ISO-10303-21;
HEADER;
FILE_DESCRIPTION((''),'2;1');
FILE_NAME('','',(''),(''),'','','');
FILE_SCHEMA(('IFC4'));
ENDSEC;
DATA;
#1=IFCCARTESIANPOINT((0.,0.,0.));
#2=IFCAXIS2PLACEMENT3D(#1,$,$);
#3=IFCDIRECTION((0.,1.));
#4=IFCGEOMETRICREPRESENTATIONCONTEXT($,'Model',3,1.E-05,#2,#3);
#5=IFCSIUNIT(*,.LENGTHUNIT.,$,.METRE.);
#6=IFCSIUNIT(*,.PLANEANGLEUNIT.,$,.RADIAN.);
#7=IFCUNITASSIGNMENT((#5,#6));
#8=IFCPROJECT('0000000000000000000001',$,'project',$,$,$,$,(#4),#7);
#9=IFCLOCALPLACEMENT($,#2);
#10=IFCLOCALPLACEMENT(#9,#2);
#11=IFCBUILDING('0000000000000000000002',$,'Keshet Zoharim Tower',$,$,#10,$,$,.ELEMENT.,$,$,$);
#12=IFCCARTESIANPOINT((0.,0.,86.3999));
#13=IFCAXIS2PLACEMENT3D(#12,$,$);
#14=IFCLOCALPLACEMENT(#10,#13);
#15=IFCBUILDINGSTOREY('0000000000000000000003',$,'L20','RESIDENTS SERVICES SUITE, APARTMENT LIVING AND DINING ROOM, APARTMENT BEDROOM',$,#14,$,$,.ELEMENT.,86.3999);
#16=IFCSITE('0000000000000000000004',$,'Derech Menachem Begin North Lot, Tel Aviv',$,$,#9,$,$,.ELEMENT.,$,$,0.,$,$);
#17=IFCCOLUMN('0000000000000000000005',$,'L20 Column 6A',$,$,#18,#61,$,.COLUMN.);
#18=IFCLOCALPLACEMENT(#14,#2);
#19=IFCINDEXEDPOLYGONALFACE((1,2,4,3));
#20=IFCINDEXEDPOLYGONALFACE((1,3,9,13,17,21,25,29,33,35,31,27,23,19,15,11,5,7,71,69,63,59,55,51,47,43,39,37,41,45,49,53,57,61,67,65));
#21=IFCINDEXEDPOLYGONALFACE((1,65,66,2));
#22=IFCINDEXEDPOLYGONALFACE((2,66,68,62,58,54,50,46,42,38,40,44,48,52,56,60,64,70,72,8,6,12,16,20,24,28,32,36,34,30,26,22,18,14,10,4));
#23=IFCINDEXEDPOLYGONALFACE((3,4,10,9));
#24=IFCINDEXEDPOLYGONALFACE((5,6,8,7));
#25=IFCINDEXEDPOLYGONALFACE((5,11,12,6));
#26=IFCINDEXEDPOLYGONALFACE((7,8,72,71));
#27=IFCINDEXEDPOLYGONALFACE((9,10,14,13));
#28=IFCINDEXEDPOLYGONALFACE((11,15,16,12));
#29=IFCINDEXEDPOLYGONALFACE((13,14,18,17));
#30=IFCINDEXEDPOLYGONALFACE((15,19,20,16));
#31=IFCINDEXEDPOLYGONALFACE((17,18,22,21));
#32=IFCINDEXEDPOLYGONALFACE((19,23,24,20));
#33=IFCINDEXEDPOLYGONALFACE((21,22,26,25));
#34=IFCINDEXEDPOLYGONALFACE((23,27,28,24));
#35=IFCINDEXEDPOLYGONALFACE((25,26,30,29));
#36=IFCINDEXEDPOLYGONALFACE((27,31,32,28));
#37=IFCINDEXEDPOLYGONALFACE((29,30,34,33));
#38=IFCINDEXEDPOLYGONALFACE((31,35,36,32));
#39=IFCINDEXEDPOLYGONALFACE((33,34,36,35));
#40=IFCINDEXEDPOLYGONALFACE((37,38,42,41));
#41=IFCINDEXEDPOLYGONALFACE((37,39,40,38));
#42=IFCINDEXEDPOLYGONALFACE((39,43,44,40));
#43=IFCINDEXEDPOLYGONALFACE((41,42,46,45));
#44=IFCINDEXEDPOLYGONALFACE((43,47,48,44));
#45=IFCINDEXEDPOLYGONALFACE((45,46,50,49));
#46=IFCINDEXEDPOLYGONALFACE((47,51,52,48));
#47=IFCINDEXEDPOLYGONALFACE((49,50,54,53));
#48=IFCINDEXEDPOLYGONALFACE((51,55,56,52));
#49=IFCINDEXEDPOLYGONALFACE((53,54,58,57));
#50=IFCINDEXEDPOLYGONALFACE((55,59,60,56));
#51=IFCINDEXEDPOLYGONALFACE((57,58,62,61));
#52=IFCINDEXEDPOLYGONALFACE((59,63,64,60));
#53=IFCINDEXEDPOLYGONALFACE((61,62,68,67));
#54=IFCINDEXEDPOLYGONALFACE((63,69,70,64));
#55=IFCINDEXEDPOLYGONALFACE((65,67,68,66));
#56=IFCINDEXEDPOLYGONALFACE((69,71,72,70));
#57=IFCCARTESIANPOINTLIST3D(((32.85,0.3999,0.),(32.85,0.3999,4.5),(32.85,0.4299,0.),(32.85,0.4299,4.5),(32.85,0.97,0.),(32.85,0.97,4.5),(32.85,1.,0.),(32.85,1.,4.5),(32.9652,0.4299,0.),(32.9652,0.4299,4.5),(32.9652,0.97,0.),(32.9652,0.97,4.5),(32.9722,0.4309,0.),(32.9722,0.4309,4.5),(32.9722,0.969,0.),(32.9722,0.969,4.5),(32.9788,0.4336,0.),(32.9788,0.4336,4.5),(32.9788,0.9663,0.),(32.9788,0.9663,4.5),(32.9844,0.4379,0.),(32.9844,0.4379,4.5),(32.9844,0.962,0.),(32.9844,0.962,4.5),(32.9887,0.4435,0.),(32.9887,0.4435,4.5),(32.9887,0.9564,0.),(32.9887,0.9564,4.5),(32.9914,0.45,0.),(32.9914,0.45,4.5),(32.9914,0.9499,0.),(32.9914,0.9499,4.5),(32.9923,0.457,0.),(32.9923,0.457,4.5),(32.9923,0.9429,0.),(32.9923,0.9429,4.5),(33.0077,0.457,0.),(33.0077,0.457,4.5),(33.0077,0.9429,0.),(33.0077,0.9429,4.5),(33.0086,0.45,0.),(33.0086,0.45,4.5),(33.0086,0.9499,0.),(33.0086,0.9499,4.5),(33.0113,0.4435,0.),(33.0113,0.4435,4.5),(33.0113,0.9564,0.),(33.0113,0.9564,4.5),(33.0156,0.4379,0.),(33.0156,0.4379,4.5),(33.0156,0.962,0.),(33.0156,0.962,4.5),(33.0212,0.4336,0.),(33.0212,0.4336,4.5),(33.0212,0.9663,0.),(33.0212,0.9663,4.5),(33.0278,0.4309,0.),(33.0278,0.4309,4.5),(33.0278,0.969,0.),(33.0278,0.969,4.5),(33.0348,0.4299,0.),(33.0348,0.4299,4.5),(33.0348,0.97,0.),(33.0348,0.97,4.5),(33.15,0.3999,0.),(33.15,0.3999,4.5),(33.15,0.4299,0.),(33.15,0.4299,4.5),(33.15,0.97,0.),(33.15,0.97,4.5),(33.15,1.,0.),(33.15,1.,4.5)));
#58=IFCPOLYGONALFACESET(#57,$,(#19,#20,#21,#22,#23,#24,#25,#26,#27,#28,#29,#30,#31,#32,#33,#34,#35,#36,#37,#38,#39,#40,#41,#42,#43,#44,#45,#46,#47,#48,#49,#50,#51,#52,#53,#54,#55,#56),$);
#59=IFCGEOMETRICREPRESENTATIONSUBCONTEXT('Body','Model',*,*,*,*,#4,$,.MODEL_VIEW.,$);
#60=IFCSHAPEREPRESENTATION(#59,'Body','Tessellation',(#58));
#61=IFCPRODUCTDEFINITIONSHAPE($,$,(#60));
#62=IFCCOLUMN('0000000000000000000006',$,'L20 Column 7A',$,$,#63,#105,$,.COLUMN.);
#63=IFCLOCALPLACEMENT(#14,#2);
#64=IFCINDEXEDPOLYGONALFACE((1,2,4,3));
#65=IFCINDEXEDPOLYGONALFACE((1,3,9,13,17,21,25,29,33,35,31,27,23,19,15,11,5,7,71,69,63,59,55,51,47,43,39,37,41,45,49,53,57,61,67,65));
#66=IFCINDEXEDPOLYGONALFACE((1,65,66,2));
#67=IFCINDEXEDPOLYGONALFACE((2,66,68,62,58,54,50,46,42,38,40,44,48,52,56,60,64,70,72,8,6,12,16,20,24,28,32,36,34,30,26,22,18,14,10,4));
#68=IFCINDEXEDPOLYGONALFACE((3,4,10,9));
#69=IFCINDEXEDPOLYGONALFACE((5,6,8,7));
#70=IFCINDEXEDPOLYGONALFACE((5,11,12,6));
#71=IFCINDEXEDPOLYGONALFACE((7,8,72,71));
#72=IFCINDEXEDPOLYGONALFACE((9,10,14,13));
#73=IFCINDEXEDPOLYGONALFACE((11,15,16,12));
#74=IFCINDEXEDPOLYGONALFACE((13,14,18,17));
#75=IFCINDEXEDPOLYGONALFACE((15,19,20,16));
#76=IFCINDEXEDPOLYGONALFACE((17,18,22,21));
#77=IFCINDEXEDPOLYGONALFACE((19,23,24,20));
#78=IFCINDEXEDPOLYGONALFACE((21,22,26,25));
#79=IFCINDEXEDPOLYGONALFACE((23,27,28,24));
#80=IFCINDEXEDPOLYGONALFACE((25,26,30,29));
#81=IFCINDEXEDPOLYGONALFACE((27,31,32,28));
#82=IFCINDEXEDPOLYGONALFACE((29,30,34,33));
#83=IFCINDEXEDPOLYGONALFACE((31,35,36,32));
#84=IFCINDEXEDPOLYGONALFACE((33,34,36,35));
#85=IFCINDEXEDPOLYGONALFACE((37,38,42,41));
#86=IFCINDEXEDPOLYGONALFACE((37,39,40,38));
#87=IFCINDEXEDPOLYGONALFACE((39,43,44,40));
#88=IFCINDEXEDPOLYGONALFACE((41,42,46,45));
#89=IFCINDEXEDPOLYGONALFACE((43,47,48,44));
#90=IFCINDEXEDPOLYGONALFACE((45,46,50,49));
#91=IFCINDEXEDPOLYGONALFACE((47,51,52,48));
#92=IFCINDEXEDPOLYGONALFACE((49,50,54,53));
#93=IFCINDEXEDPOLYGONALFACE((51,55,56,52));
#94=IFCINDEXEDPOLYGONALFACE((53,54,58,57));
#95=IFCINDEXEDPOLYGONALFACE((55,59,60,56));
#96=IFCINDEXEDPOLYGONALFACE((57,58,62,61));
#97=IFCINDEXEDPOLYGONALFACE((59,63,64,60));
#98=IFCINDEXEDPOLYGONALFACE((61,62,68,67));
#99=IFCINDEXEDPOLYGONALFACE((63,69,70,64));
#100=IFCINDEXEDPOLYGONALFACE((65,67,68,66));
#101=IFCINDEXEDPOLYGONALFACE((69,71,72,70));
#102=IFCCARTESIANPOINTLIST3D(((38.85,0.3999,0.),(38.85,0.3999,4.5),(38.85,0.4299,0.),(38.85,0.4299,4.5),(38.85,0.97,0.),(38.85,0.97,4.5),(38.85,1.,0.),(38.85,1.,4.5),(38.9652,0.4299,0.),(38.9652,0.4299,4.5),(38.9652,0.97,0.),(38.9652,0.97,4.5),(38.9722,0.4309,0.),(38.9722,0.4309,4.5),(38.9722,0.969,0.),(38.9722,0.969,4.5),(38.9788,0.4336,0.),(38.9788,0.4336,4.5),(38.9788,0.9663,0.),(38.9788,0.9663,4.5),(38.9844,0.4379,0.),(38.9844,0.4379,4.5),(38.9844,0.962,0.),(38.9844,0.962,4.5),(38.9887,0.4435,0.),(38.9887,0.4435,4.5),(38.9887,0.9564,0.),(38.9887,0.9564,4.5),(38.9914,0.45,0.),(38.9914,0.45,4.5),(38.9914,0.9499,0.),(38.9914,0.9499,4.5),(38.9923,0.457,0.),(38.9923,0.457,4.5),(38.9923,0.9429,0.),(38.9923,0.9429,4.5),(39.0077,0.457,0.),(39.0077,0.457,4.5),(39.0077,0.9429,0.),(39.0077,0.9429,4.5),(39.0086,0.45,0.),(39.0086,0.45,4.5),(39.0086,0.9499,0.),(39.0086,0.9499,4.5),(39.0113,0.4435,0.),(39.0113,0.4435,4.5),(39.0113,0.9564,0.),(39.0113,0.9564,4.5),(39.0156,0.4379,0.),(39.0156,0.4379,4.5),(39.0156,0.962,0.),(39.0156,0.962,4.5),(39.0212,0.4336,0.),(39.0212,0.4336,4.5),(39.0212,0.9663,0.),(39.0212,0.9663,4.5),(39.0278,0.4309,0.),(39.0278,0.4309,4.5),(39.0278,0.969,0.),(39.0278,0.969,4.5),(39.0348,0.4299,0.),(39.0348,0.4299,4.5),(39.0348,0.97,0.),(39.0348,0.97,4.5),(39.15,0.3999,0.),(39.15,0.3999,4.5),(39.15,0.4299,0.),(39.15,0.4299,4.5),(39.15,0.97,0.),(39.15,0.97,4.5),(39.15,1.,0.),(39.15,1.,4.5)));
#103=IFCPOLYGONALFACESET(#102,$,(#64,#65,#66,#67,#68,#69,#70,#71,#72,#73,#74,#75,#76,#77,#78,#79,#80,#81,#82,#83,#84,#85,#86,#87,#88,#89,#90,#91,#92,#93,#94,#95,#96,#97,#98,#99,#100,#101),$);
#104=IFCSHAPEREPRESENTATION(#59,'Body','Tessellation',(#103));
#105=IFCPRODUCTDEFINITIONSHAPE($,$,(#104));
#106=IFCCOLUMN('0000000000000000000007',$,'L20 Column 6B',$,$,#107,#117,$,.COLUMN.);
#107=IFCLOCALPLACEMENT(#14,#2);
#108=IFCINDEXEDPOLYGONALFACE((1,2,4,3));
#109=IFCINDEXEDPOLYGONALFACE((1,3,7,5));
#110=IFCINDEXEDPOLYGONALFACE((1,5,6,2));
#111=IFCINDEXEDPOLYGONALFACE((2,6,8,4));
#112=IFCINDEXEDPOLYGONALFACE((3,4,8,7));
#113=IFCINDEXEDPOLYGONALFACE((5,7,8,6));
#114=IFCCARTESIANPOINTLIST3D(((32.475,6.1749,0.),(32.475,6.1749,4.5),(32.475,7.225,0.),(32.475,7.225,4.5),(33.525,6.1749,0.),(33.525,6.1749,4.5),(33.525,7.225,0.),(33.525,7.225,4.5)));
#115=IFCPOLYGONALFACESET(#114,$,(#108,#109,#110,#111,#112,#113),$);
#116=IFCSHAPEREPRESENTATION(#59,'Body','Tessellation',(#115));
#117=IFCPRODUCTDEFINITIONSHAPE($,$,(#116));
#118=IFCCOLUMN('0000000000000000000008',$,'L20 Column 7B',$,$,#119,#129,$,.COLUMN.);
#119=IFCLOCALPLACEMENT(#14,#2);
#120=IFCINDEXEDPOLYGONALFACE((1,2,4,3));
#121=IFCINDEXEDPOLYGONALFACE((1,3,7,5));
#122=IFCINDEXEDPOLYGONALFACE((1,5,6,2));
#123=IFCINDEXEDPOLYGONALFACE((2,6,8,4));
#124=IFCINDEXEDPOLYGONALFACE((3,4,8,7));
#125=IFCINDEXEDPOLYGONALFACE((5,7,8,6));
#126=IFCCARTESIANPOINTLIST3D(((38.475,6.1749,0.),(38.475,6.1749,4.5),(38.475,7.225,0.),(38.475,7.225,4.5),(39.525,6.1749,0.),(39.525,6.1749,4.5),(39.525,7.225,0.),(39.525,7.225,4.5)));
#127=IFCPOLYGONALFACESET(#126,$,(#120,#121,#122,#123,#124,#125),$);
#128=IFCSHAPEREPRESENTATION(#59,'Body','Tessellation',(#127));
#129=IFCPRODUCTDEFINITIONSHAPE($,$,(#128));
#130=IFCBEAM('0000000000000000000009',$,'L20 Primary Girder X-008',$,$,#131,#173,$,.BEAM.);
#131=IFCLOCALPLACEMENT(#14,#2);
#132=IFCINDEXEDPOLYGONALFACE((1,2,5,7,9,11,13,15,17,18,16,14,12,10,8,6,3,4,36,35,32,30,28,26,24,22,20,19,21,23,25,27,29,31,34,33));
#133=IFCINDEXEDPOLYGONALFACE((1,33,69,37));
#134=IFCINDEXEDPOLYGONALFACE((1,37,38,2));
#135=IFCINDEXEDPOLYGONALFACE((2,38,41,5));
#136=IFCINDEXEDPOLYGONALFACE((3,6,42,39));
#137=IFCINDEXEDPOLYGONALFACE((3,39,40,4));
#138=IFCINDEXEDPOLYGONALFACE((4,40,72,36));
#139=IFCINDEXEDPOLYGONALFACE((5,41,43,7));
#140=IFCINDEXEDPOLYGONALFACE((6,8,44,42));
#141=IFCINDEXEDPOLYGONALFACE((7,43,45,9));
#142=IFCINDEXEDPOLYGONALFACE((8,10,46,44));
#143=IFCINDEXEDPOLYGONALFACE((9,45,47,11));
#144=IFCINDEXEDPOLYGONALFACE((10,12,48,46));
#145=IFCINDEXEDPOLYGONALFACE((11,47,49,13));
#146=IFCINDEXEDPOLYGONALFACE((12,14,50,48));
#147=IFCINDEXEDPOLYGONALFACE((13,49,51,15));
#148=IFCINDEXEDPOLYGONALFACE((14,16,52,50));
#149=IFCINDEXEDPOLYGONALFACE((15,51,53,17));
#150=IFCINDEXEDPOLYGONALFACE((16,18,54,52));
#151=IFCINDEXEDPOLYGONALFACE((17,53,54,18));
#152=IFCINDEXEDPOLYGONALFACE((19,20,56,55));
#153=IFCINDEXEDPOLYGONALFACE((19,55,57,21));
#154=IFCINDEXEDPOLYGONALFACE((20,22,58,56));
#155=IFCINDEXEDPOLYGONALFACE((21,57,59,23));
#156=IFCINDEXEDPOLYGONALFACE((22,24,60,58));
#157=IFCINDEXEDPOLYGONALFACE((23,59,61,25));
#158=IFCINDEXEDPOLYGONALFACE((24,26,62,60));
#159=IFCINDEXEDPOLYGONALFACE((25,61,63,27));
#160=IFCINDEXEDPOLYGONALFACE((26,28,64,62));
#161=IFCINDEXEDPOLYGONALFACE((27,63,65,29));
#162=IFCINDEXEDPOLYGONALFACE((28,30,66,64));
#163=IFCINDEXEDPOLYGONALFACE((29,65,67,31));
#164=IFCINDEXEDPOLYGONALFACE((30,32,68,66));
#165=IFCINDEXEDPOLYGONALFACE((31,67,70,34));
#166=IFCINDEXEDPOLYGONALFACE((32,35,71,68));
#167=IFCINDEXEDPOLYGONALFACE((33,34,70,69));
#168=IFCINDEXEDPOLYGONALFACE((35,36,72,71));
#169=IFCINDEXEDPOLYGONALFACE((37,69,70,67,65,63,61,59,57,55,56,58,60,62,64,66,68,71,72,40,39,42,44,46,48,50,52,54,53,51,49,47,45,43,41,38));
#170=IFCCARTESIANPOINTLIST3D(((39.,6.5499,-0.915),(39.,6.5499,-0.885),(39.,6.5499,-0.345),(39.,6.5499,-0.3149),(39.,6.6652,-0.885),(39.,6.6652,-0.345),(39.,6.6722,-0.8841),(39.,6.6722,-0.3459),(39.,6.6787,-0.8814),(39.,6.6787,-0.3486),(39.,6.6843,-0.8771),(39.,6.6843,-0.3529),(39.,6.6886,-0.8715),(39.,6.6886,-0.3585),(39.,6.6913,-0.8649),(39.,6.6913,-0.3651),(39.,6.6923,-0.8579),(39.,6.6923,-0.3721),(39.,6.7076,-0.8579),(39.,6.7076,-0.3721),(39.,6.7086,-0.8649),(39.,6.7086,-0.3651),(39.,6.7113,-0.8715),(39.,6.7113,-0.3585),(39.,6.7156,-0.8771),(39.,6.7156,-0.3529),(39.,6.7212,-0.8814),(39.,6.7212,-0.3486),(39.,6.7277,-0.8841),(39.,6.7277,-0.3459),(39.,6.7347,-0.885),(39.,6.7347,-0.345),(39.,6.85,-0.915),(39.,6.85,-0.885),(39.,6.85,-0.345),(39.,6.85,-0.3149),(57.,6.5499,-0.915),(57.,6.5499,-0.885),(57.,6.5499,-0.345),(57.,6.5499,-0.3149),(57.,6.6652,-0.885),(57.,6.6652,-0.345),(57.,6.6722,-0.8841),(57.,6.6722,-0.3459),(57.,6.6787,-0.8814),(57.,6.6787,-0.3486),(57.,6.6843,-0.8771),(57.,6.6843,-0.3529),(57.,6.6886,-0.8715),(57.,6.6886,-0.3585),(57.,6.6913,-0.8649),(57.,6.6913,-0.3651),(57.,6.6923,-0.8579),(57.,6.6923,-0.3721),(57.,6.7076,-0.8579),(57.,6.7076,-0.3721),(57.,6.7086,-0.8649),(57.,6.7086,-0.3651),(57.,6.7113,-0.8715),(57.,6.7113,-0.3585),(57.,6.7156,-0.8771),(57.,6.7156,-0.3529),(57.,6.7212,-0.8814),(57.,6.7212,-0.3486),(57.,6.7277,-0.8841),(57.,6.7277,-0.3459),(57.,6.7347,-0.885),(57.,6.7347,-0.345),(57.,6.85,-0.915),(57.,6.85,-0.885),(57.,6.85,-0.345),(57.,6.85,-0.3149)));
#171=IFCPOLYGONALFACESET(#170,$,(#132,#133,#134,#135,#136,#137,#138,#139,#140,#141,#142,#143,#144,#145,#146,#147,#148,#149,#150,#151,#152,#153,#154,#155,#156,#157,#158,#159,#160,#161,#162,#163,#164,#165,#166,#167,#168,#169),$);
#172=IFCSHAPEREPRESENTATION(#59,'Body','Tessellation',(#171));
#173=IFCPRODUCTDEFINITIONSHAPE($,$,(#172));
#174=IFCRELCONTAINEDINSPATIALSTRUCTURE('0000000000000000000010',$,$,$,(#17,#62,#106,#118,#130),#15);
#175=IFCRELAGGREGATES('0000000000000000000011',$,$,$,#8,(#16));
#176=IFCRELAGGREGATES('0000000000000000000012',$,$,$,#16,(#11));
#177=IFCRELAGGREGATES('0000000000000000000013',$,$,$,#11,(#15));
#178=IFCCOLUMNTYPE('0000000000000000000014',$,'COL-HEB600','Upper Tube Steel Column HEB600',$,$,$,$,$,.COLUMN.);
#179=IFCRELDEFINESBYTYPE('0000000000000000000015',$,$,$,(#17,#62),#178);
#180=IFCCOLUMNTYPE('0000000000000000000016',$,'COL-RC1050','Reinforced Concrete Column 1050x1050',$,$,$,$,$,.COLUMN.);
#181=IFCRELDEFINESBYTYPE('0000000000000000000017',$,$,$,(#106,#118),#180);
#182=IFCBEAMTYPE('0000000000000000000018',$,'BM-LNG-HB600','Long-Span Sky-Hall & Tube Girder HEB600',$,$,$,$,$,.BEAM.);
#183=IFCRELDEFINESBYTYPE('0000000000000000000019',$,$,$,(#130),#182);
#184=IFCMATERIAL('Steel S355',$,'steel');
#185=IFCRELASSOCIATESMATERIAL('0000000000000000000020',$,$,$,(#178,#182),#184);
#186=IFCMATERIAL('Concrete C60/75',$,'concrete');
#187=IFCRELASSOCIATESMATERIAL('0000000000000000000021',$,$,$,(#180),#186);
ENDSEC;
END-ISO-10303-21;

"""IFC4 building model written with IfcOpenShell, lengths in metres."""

from ifc_helpers import new_model, si_unit, direction, frame, origin, origin_2d, place, context, subcontext, project, spatial, rectangle, i_section, extrude, material, material_profile, profile_set, type_object, element, save


model = new_model("IFC4")

# Units and contexts
model_context = context("Model", 3, precision=1e-05, world=origin(), true_north=direction((0.0, 1.0)))
body_context = subcontext(model_context, "Body", "Model", "MODEL_VIEW")
ifc_project = project(units=[si_unit("LENGTHUNIT", "METRE"), si_unit("PLANEANGLEUNIT", "RADIAN")], contexts=[model_context])

# Site, building, storey
site_placement = place(None, origin())
site = spatial("IfcSite", under=ifc_project, at=site_placement, Name="Derech Menachem Begin North Lot, Tel Aviv", CompositionType="ELEMENT", RefElevation=0.0)
building_placement = place(site_placement, origin())
building = spatial("IfcBuilding", under=site, at=building_placement, Name="Keshet Zoharim Tower", CompositionType="ELEMENT")
storey_placement = place(building_placement, frame((0.0, 0.0, 86.3999)))
storey = spatial("IfcBuildingStorey", under=building, at=storey_placement, Name="L20", Description="RESIDENTS SERVICES SUITE, APARTMENT LIVING AND DINING ROOM, APARTMENT BEDROOM", CompositionType="ELEMENT", Elevation=86.3999)

# Columns
ifc_material_1 = material(Name="Steel S355", Category="steel")
ifc_material_profile_1 = material_profile(ifc_material_1, i_section(OverallWidth=0.3, OverallDepth=0.6001, WebThickness=0.0154, FlangeThickness=0.03, FilletRadius=0.0271, at=origin_2d()), Name="HEB600")
ifc_profile_set_1 = profile_set([ifc_material_profile_1], Name="Steel S355")
column_type_1 = type_object("IfcColumnType", Name="COL-HEB600", Description="Upper Tube Steel Column HEB600", PredefinedType="COLUMN", material=ifc_profile_set_1)
for number, where, z_axis, x_axis, name in (
    (1, (33.0, 0.7, 0.0), (0.0, 0.0, 1.0), (1.0, 0.0, 0.0), "L20 Column 6A"),
    (2, (39.0, 0.7, 0.0), (0.0, 0.0, 1.0), (1.0, 0.0, 0.0), "L20 Column 7A"),
):
    element("IfcColumn", number, at=place(storey_placement, frame(where, z_axis=z_axis, x_axis=x_axis)), inside=storey, type_object=column_type_1, Name=name, PredefinedType="COLUMN", context=body_context, shape_type="SweptSolid", body=[
        extrude(i_section(OverallWidth=0.3, OverallDepth=0.6001, WebThickness=0.0154, FlangeThickness=0.03, FilletRadius=0.0271, at=origin_2d()), origin(), (0.0, 0.0, 1.0), 4.5),
    ])
ifc_material_2 = material(Name="Concrete C60/75", Category="concrete")
ifc_material_profile_2 = material_profile(ifc_material_2, rectangle(XDim=1.05, YDim=1.05, at=origin_2d()), Name="RC1050x1050")
ifc_profile_set_2 = profile_set([ifc_material_profile_2], Name="Concrete C60/75")
column_type_2 = type_object("IfcColumnType", Name="COL-RC1050", Description="Reinforced Concrete Column 1050x1050", PredefinedType="COLUMN", material=ifc_profile_set_2)
for number, where, z_axis, x_axis, name in (
    (3, (33.0, 6.7, 0.0), (0.0, 0.0, 1.0), (1.0, 0.0, 0.0), "L20 Column 6B"),
    (4, (39.0, 6.7, 0.0), (0.0, 0.0, 1.0), (1.0, 0.0, 0.0), "L20 Column 7B"),
):
    element("IfcColumn", number, at=place(storey_placement, frame(where, z_axis=z_axis, x_axis=x_axis)), inside=storey, type_object=column_type_2, Name=name, PredefinedType="COLUMN", context=body_context, shape_type="SweptSolid", body=[
        extrude(rectangle(XDim=1.05, YDim=1.05, at=origin_2d()), origin(), (0.0, 0.0, 1.0), 4.5),
    ])

# Beam
ifc_material_profile_3 = material_profile(ifc_material_1, i_section(OverallWidth=0.3, OverallDepth=0.6001, WebThickness=0.0154, FlangeThickness=0.03, FilletRadius=0.0271, at=origin_2d()), Name="HEB600")
ifc_profile_set_3 = profile_set([ifc_material_profile_3], Name="Steel S355")
beam_type_1 = type_object("IfcBeamType", Name="BM-LNG-HB600", Description="Long-Span Sky-Hall & Tube Girder HEB600", PredefinedType="BEAM", material=ifc_profile_set_3)
beam_placement = place(storey_placement, frame((39.0, 6.7, -0.615), z_axis=(1.0, 0.0, 0.0), x_axis=(0.0, 1.0, 0.0)))
element("IfcBeam", 5, at=beam_placement, inside=storey, type_object=beam_type_1, Name="L20 Primary Girder X-008", PredefinedType="BEAM", context=body_context, shape_type="SweptSolid", body=[
    extrude(i_section(OverallWidth=0.3, OverallDepth=0.6001, WebThickness=0.0154, FlangeThickness=0.03, FilletRadius=0.0271, at=origin_2d()), origin(), (0.0, 0.0, 1.0), 18.0),
])

save(model, "model.ifc")
